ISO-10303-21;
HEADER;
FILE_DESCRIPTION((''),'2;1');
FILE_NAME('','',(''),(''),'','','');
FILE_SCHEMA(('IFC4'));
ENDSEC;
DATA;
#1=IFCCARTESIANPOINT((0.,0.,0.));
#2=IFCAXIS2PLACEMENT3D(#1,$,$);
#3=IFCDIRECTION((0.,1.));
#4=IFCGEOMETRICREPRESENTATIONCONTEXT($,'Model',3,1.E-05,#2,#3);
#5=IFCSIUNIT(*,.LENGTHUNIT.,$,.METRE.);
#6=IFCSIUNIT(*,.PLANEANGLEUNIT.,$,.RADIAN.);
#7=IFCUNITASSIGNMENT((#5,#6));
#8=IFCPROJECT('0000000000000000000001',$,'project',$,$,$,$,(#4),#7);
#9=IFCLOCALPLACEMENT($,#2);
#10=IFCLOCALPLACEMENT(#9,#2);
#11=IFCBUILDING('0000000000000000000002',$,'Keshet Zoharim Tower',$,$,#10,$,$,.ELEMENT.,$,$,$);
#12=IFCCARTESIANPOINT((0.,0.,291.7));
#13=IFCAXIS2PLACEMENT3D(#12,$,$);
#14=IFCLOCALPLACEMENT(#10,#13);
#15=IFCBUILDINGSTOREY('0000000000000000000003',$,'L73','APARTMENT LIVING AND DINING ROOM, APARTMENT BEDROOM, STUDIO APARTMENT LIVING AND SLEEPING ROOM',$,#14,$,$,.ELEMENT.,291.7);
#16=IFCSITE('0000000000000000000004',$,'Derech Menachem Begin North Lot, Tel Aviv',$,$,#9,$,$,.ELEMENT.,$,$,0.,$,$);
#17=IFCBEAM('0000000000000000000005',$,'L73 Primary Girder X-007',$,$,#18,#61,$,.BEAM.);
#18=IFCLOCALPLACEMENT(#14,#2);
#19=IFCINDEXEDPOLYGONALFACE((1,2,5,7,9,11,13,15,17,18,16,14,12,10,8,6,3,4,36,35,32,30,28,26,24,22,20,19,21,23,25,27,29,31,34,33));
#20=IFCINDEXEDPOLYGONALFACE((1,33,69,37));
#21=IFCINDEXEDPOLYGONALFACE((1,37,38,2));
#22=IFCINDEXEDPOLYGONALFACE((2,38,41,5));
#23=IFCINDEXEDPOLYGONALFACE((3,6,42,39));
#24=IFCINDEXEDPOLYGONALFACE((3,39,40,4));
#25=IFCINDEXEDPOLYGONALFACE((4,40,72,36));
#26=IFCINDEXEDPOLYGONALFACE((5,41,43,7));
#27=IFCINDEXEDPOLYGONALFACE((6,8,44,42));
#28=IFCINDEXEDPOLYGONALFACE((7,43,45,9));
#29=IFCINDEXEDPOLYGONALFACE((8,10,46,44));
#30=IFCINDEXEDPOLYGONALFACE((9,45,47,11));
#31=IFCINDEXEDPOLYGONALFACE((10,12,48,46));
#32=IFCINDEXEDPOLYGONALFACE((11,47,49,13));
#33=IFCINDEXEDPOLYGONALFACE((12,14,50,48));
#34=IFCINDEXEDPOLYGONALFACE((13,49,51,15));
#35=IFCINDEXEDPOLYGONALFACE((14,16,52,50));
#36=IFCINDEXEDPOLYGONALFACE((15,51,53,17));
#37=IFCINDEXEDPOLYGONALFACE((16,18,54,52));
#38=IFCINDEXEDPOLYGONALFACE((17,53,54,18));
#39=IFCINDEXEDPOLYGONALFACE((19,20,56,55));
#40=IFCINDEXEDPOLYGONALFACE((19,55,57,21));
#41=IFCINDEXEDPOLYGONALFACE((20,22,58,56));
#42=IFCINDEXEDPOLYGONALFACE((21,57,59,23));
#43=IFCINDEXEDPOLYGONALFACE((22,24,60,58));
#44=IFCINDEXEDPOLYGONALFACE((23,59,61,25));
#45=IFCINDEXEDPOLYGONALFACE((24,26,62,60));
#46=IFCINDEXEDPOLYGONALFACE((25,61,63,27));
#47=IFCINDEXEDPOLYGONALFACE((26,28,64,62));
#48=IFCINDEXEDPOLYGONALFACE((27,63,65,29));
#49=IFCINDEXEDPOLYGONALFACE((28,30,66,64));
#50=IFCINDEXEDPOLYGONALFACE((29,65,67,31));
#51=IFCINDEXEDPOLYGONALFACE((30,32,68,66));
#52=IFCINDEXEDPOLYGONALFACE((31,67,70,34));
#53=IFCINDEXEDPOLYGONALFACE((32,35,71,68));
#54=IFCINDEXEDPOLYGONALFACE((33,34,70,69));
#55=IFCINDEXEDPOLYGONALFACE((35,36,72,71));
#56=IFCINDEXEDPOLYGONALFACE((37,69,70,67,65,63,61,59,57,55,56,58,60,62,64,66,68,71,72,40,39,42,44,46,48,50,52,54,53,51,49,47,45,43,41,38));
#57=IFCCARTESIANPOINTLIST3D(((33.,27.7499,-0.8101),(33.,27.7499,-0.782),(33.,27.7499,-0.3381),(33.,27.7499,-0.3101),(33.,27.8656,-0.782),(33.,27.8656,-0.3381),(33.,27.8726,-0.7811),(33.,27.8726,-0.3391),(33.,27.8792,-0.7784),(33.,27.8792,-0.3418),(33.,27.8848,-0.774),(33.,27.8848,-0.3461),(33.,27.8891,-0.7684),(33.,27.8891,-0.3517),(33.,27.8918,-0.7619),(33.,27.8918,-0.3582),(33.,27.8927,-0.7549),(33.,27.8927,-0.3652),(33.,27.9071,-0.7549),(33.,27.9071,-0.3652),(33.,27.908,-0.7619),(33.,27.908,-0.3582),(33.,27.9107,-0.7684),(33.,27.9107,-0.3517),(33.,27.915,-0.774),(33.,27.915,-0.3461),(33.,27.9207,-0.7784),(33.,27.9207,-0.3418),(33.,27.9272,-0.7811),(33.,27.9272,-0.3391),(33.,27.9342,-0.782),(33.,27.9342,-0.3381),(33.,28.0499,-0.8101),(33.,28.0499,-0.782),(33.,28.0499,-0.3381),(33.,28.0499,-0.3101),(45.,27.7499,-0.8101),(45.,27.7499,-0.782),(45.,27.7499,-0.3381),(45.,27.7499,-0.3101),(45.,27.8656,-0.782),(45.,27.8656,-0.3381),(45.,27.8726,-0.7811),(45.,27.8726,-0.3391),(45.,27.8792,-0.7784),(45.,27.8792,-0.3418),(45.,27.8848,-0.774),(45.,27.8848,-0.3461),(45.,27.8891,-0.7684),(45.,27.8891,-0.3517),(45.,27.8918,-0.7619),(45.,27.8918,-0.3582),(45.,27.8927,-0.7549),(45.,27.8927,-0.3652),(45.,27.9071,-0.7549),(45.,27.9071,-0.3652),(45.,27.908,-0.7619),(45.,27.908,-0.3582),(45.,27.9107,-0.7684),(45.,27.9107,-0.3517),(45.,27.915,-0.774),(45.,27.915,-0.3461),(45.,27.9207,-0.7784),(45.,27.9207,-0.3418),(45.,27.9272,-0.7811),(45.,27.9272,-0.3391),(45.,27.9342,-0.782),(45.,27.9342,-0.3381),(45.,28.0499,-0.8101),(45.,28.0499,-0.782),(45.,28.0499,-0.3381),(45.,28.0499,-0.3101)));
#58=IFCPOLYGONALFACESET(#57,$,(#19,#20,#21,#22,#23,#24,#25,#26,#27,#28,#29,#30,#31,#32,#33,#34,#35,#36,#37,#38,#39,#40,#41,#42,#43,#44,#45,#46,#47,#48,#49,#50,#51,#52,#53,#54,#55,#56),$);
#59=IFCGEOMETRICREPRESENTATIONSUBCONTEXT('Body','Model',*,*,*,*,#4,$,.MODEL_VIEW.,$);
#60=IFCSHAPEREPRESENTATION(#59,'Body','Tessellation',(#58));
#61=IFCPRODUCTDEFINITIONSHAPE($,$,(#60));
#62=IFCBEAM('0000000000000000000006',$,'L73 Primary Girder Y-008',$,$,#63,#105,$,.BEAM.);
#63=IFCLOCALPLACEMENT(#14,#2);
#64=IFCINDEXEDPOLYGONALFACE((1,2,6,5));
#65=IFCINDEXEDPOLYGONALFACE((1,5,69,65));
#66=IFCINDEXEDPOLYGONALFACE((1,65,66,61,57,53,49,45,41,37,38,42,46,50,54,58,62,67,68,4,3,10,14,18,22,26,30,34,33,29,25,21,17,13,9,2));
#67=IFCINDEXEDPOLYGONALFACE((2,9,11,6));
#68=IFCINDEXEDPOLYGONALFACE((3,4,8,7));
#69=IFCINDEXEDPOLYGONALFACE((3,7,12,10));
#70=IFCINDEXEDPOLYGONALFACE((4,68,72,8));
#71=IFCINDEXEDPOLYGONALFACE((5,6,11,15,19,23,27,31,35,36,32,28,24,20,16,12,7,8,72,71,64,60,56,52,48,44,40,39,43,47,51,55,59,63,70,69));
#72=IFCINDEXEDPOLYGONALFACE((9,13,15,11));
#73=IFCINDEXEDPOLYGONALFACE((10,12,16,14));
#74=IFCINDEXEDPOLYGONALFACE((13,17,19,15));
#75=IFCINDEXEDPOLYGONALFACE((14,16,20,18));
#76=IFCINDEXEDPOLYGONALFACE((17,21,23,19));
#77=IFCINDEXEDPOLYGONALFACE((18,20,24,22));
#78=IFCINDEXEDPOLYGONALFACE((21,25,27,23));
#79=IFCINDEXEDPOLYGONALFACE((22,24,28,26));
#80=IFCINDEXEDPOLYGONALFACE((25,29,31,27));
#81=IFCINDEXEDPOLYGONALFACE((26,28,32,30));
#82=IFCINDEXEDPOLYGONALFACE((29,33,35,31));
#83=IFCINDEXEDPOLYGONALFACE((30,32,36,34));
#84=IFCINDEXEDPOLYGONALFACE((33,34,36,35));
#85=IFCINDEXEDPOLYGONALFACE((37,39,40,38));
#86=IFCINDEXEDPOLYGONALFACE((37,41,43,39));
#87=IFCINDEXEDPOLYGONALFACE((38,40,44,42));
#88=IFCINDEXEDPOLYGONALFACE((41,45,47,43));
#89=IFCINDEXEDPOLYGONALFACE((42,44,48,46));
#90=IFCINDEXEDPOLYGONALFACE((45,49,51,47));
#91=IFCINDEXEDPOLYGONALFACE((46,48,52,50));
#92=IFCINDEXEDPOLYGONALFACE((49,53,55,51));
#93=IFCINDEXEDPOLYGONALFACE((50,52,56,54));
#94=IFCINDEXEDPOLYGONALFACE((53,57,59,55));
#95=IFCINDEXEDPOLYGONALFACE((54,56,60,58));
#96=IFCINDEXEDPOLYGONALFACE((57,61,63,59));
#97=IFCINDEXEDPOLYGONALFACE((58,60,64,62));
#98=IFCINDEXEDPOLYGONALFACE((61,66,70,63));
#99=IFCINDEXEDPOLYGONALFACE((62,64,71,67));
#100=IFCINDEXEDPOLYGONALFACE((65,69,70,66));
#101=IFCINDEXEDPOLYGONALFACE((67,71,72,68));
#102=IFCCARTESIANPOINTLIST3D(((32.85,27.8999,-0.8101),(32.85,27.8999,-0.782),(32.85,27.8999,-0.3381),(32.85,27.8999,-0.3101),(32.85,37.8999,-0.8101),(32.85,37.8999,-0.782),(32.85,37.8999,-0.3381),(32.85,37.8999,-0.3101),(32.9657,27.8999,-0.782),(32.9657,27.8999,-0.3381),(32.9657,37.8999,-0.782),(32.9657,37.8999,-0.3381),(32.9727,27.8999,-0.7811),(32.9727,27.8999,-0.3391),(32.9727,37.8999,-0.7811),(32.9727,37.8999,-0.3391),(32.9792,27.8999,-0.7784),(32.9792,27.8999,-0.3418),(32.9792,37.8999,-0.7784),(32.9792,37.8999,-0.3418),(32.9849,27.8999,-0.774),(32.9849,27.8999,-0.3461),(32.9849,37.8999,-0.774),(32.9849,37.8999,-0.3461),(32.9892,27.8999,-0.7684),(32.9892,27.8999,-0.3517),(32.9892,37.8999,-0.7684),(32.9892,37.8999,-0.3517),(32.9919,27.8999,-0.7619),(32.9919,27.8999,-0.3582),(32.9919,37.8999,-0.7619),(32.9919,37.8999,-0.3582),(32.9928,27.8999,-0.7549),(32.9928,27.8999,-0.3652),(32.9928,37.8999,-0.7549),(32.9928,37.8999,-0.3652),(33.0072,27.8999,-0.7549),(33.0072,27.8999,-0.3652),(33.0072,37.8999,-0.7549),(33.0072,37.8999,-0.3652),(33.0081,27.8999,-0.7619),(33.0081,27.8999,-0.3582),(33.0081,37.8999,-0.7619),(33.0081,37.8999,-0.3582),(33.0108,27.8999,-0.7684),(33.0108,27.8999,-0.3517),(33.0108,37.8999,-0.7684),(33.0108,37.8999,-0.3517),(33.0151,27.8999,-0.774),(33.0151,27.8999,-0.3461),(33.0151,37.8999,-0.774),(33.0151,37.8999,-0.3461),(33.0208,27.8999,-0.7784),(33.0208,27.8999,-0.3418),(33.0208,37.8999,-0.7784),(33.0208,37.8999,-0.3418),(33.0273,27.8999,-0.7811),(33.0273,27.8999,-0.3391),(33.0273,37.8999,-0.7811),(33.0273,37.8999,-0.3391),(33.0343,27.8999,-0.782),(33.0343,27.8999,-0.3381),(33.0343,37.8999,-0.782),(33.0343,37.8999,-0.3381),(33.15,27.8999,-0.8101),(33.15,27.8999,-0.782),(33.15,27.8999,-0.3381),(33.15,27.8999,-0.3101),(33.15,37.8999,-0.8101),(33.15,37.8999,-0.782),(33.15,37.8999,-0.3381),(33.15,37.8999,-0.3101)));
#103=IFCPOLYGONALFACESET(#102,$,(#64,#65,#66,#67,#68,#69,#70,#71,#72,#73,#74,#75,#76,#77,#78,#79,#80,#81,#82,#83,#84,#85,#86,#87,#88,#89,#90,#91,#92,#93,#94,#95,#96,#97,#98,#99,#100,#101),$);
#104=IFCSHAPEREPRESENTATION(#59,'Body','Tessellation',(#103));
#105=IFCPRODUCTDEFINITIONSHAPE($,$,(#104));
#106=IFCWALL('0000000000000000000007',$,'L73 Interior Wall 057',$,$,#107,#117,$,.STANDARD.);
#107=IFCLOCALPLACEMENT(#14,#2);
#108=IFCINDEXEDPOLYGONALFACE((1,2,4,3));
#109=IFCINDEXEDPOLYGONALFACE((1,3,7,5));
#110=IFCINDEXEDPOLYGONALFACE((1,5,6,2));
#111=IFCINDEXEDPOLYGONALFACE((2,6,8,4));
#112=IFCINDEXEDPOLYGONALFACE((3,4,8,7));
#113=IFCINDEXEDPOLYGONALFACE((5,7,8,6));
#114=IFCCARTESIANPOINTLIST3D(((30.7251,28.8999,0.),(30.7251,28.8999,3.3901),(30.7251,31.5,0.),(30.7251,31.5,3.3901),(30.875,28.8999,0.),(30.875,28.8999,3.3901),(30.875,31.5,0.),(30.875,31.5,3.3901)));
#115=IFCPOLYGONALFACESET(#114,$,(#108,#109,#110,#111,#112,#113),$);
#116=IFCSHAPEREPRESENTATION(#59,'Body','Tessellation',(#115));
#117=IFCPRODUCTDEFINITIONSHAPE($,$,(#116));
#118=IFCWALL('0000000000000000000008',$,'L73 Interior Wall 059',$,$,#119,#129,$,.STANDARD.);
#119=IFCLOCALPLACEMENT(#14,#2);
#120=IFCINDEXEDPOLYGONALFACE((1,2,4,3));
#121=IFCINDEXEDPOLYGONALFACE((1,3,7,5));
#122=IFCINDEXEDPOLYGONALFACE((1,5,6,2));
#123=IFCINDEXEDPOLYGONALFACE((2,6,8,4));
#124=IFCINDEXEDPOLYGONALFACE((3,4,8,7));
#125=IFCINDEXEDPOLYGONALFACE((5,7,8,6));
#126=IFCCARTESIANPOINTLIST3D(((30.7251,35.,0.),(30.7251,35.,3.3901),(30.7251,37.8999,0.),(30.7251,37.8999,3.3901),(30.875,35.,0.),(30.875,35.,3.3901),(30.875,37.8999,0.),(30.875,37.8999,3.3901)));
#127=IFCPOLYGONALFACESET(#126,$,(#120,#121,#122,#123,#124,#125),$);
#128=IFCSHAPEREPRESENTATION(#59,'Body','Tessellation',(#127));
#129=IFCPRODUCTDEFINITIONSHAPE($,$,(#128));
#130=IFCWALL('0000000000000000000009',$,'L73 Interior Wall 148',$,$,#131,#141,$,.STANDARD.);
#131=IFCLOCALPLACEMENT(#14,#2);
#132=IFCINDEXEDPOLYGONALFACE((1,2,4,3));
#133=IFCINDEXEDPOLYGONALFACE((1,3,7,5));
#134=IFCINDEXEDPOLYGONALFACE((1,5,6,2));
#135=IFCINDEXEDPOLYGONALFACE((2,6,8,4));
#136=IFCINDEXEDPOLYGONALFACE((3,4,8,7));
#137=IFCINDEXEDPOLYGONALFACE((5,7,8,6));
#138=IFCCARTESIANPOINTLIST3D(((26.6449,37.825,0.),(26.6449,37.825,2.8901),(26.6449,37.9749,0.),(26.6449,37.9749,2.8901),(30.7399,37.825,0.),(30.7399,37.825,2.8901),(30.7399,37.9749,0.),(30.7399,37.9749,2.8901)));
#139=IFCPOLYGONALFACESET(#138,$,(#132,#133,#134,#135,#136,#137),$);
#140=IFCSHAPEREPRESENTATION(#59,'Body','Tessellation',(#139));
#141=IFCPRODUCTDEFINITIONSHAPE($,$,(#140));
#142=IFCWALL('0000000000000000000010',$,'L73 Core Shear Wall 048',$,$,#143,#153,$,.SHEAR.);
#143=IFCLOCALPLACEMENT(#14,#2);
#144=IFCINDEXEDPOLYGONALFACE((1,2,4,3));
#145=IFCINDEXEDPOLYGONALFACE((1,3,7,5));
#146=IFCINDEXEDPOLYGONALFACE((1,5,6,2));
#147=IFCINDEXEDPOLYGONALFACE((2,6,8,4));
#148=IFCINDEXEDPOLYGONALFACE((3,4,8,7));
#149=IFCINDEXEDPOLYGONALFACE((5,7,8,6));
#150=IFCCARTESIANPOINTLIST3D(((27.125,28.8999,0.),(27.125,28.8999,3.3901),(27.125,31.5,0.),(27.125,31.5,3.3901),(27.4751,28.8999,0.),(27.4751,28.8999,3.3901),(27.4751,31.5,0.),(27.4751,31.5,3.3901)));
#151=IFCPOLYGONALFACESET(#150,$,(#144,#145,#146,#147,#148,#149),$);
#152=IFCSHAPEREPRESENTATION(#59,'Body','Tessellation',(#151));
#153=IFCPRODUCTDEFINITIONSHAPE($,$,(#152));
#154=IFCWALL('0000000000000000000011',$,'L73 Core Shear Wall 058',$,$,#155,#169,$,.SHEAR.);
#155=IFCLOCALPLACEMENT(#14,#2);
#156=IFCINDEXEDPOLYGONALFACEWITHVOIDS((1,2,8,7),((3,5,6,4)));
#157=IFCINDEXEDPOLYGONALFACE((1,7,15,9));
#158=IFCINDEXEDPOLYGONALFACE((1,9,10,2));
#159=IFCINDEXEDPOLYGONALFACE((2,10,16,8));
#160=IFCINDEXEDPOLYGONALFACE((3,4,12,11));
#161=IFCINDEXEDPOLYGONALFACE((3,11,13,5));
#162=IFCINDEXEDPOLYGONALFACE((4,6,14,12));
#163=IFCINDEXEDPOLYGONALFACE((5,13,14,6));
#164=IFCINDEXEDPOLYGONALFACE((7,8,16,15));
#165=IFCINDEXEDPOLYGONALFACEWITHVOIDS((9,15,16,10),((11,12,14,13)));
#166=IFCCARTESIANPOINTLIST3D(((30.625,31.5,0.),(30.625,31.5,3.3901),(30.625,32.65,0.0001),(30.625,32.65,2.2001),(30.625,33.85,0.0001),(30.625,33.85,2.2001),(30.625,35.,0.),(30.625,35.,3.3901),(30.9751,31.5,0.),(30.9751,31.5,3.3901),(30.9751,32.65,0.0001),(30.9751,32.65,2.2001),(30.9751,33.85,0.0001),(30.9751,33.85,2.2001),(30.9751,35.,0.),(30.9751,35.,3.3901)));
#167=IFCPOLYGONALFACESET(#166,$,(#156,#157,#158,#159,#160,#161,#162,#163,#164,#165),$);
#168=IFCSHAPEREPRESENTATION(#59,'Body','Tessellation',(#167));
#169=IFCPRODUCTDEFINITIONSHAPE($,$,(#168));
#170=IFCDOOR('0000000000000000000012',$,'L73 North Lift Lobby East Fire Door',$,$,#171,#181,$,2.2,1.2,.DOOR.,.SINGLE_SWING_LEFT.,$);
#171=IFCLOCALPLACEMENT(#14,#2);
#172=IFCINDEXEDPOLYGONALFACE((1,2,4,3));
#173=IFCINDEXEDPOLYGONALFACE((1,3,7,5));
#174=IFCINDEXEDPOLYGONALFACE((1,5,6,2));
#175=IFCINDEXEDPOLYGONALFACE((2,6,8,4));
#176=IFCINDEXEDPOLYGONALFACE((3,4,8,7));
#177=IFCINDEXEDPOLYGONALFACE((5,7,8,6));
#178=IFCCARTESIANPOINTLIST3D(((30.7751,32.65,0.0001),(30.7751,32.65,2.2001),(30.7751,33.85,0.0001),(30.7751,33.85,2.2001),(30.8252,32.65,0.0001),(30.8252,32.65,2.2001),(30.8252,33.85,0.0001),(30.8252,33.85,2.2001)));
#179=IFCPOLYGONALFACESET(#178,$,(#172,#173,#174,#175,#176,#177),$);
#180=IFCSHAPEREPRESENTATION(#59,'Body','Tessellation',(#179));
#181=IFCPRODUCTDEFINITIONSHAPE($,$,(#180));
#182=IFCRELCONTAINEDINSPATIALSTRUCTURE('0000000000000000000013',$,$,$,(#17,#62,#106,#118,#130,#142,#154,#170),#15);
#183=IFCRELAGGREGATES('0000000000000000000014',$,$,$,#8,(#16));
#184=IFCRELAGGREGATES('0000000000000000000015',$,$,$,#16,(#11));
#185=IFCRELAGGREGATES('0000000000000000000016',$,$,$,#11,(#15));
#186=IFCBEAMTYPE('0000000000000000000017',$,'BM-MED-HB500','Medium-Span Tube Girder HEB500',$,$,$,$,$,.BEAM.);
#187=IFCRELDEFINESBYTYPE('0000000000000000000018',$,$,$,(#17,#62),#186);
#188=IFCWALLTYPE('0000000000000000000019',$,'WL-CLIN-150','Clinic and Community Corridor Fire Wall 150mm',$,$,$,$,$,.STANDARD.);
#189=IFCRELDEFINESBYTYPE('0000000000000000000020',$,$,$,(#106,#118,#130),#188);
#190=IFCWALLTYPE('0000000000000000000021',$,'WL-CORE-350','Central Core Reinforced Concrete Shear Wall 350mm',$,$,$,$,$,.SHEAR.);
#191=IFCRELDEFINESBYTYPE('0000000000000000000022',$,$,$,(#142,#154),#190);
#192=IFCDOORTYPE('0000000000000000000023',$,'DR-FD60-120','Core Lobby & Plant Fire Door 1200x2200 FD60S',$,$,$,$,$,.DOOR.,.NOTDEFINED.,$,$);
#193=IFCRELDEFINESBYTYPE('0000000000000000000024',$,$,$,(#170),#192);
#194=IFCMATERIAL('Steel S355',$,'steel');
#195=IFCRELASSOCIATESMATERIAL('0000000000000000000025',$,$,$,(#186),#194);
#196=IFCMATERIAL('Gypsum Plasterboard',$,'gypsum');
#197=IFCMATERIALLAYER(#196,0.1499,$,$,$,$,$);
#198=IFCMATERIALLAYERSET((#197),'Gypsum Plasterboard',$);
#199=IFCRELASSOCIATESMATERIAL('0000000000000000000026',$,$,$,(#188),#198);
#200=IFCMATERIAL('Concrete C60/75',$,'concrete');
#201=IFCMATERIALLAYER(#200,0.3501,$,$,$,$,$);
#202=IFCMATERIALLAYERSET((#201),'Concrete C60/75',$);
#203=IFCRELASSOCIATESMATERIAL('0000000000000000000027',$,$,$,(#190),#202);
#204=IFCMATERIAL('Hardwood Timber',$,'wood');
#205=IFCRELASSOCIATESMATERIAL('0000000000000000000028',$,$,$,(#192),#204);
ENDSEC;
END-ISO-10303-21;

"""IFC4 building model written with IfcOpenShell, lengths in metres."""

from ifc_helpers import new_model, si_unit, direction, frame, frame_2d, origin, origin_2d, place, context, subcontext, project, spatial, rectangle, i_section, extrude, material, layer, layer_set, material_profile, profile_set, type_object, element, fill, save


model = new_model("IFC4")

# Units and contexts
model_context = context("Model", 3, precision=1e-05, world=origin(), true_north=direction((0.0, 1.0)))
body_context = subcontext(model_context, "Body", "Model", "MODEL_VIEW")
ifc_project = project(units=[si_unit("LENGTHUNIT", "METRE"), si_unit("PLANEANGLEUNIT", "RADIAN")], contexts=[model_context])

# Site, building, storey
site_placement = place(None, origin())
site = spatial("IfcSite", under=ifc_project, at=site_placement, Name="Derech Menachem Begin North Lot, Tel Aviv", CompositionType="ELEMENT", RefElevation=0.0)
building_placement = place(site_placement, origin())
building = spatial("IfcBuilding", under=site, at=building_placement, Name="Keshet Zoharim Tower", CompositionType="ELEMENT")
storey_placement = place(building_placement, frame((0.0, 0.0, 291.7)))
storey = spatial("IfcBuildingStorey", under=building, at=storey_placement, Name="L73", Description="APARTMENT LIVING AND DINING ROOM, APARTMENT BEDROOM, STUDIO APARTMENT LIVING AND SLEEPING ROOM", CompositionType="ELEMENT", Elevation=291.7)

# Beams
ifc_material_1 = material(Name="Steel S355", Category="steel")
ifc_material_profile_1 = material_profile(ifc_material_1, i_section(OverallWidth=0.3, OverallDepth=0.5, WebThickness=0.0144, FlangeThickness=0.0281, FilletRadius=0.0271, at=origin_2d()), Name="HEB500")
ifc_profile_set_1 = profile_set([ifc_material_profile_1], Name="Steel S355")
beam_type_1 = type_object("IfcBeamType", Name="BM-MED-HB500", Description="Medium-Span Tube Girder HEB500", PredefinedType="BEAM", material=ifc_profile_set_1)
beam_1_placement = place(storey_placement, frame((33.0, 27.8999, -0.5601), z_axis=(1.0, 0.0, 0.0), x_axis=(0.0, 1.0, 0.0)))
element("IfcBeam", 1, at=beam_1_placement, inside=storey, type_object=beam_type_1, Name="L73 Primary Girder X-007", PredefinedType="BEAM", context=body_context, shape_type="SweptSolid", body=[
    extrude(i_section(OverallWidth=0.3, OverallDepth=0.5, WebThickness=0.0144, FlangeThickness=0.0281, FilletRadius=0.0271, at=origin_2d()), origin(), (0.0, 0.0, 1.0), 12.0),
])
beam_2_placement = place(storey_placement, frame((33.0, 27.8999, -0.5601), z_axis=(0.0, 1.0, 0.0), x_axis=(-1.0, 0.0, 0.0)))
element("IfcBeam", 2, at=beam_2_placement, inside=storey, type_object=beam_type_1, Name="L73 Primary Girder Y-008", PredefinedType="BEAM", context=body_context, shape_type="SweptSolid", body=[
    extrude(i_section(OverallWidth=0.3, OverallDepth=0.5, WebThickness=0.0144, FlangeThickness=0.0281, FilletRadius=0.0271, at=origin_2d()), origin(), (0.0, 0.0, 1.0), 10.0),
])

# Walls
ifc_material_2 = material(Name="Gypsum Plasterboard", Category="gypsum")
ifc_layer_1 = layer(ifc_material_2, 0.1499)
ifc_layer_set_1 = layer_set([ifc_layer_1], Name="Gypsum Plasterboard")
wall_type_1 = type_object("IfcWallType", Name="WL-CLIN-150", Description="Clinic and Community Corridor Fire Wall 150mm", PredefinedType="STANDARD", material=ifc_layer_set_1)
wall_1_placement = place(storey_placement, frame((30.8, 28.8999, 0.0), z_axis=(0.0, 0.0, 1.0), x_axis=(0.0, 1.0, 0.0)))
element("IfcWall", 3, at=wall_1_placement, inside=storey, type_object=wall_type_1, Name="L73 Interior Wall 057", PredefinedType="STANDARD", context=body_context, shape_type="SweptSolid", body=[
    extrude(rectangle(XDim=2.6001, YDim=0.1499, at=frame_2d((1.3, 0.0))), origin(), (0.0, 0.0, 1.0), 3.3901),
])
wall_2_placement = place(storey_placement, frame((30.8, 35.0, 0.0), z_axis=(0.0, 0.0, 1.0), x_axis=(0.0, 1.0, 0.0)))
element("IfcWall", 4, at=wall_2_placement, inside=storey, type_object=wall_type_1, Name="L73 Interior Wall 059", PredefinedType="STANDARD", context=body_context, shape_type="SweptSolid", body=[
    extrude(rectangle(XDim=2.8999, YDim=0.1499, at=frame_2d((1.45, 0.0))), origin(), (0.0, 0.0, 1.0), 3.3901),
])
wall_3_placement = place(storey_placement, frame((26.645, 37.8999, 0.0), z_axis=(0.0, 0.0, 1.0), x_axis=(1.0, 0.0, 0.0)))
element("IfcWall", 5, at=wall_3_placement, inside=storey, type_object=wall_type_1, Name="L73 Interior Wall 148", PredefinedType="STANDARD", context=body_context, shape_type="SweptSolid", body=[
    extrude(rectangle(XDim=4.095, YDim=0.1499, at=frame_2d((2.0474, 0.0))), origin(), (0.0, 0.0, 1.0), 2.8901),
])
ifc_material_3 = material(Name="Concrete C60/75", Category="concrete")
ifc_layer_2 = layer(ifc_material_3, 0.3501)
ifc_layer_set_2 = layer_set([ifc_layer_2], Name="Concrete C60/75")
wall_type_2 = type_object("IfcWallType", Name="WL-CORE-350", Description="Central Core Reinforced Concrete Shear Wall 350mm", PredefinedType="SHEAR", material=ifc_layer_set_2)
wall_4_placement = place(storey_placement, frame((27.3, 28.8999, 0.0), z_axis=(0.0, 0.0, 1.0), x_axis=(0.0, 1.0, 0.0)))
element("IfcWall", 6, at=wall_4_placement, inside=storey, type_object=wall_type_2, Name="L73 Core Shear Wall 048", PredefinedType="SHEAR", context=body_context, shape_type="SweptSolid", body=[
    extrude(rectangle(XDim=2.6001, YDim=0.3501, at=frame_2d((1.3, 0.0))), origin(), (0.0, 0.0, 1.0), 3.3901),
])

# Wall, opening, door
wall_5_placement = place(storey_placement, frame((30.8, 31.5, 0.0), z_axis=(0.0, 0.0, 1.0), x_axis=(0.0, 1.0, 0.0)))
wall_5 = element("IfcWall", 7, at=wall_5_placement, inside=storey, type_object=wall_type_2, Name="L73 Core Shear Wall 058", PredefinedType="SHEAR", context=body_context, shape_type="SweptSolid", body=[
    extrude(rectangle(XDim=3.5, YDim=0.3501, at=frame_2d((1.75, 0.0))), origin(), (0.0, 0.0, 1.0), 3.3901),
])
opening_1_placement = place(wall_5_placement, frame((1.1499, 0.0, 0.0)))
opening_1 = element("IfcOpeningElement", 8, at=opening_1_placement, cuts=wall_5, PredefinedType="OPENING", context=body_context, shape_type="SweptSolid", body=[
    extrude(rectangle(XDim=1.2, YDim=2.2, at=frame_2d((0.6001, 1.1001))), frame((0.0, 0.1851, 0.0), z_axis=(0.0, -1.0, 0.0), x_axis=(1.0, 0.0, 0.0)), (0.0, 0.0, 1.0), 0.3701),
])
ifc_material_4 = material(Name="Hardwood Timber", Category="wood")
door_type_1 = type_object("IfcDoorType", Name="DR-FD60-120", Description="Core Lobby & Plant Fire Door 1200x2200 FD60S", OperationType="NOTDEFINED", PredefinedType="DOOR", material=ifc_material_4)
door_1_placement = place(opening_1_placement, origin())
door_1 = element("IfcDoor", 9, at=door_1_placement, inside=storey, type_object=door_type_1, Name="L73 North Lift Lobby East Fire Door", OperationType="SINGLE_SWING_LEFT", OverallHeight=2.2, OverallWidth=1.2, PredefinedType="DOOR", context=body_context, shape_type="SweptSolid", body=[
    extrude(rectangle(XDim=1.2, YDim=2.2, at=frame_2d((0.6001, 1.1001))), frame((0.0, 0.0249, 0.0), z_axis=(0.0, -1.0, 0.0), x_axis=(1.0, 0.0, 0.0)), (0.0, 0.0, 1.0), 0.05),
])
fill(opening_1, door_1)

save(model, "model.ifc")
